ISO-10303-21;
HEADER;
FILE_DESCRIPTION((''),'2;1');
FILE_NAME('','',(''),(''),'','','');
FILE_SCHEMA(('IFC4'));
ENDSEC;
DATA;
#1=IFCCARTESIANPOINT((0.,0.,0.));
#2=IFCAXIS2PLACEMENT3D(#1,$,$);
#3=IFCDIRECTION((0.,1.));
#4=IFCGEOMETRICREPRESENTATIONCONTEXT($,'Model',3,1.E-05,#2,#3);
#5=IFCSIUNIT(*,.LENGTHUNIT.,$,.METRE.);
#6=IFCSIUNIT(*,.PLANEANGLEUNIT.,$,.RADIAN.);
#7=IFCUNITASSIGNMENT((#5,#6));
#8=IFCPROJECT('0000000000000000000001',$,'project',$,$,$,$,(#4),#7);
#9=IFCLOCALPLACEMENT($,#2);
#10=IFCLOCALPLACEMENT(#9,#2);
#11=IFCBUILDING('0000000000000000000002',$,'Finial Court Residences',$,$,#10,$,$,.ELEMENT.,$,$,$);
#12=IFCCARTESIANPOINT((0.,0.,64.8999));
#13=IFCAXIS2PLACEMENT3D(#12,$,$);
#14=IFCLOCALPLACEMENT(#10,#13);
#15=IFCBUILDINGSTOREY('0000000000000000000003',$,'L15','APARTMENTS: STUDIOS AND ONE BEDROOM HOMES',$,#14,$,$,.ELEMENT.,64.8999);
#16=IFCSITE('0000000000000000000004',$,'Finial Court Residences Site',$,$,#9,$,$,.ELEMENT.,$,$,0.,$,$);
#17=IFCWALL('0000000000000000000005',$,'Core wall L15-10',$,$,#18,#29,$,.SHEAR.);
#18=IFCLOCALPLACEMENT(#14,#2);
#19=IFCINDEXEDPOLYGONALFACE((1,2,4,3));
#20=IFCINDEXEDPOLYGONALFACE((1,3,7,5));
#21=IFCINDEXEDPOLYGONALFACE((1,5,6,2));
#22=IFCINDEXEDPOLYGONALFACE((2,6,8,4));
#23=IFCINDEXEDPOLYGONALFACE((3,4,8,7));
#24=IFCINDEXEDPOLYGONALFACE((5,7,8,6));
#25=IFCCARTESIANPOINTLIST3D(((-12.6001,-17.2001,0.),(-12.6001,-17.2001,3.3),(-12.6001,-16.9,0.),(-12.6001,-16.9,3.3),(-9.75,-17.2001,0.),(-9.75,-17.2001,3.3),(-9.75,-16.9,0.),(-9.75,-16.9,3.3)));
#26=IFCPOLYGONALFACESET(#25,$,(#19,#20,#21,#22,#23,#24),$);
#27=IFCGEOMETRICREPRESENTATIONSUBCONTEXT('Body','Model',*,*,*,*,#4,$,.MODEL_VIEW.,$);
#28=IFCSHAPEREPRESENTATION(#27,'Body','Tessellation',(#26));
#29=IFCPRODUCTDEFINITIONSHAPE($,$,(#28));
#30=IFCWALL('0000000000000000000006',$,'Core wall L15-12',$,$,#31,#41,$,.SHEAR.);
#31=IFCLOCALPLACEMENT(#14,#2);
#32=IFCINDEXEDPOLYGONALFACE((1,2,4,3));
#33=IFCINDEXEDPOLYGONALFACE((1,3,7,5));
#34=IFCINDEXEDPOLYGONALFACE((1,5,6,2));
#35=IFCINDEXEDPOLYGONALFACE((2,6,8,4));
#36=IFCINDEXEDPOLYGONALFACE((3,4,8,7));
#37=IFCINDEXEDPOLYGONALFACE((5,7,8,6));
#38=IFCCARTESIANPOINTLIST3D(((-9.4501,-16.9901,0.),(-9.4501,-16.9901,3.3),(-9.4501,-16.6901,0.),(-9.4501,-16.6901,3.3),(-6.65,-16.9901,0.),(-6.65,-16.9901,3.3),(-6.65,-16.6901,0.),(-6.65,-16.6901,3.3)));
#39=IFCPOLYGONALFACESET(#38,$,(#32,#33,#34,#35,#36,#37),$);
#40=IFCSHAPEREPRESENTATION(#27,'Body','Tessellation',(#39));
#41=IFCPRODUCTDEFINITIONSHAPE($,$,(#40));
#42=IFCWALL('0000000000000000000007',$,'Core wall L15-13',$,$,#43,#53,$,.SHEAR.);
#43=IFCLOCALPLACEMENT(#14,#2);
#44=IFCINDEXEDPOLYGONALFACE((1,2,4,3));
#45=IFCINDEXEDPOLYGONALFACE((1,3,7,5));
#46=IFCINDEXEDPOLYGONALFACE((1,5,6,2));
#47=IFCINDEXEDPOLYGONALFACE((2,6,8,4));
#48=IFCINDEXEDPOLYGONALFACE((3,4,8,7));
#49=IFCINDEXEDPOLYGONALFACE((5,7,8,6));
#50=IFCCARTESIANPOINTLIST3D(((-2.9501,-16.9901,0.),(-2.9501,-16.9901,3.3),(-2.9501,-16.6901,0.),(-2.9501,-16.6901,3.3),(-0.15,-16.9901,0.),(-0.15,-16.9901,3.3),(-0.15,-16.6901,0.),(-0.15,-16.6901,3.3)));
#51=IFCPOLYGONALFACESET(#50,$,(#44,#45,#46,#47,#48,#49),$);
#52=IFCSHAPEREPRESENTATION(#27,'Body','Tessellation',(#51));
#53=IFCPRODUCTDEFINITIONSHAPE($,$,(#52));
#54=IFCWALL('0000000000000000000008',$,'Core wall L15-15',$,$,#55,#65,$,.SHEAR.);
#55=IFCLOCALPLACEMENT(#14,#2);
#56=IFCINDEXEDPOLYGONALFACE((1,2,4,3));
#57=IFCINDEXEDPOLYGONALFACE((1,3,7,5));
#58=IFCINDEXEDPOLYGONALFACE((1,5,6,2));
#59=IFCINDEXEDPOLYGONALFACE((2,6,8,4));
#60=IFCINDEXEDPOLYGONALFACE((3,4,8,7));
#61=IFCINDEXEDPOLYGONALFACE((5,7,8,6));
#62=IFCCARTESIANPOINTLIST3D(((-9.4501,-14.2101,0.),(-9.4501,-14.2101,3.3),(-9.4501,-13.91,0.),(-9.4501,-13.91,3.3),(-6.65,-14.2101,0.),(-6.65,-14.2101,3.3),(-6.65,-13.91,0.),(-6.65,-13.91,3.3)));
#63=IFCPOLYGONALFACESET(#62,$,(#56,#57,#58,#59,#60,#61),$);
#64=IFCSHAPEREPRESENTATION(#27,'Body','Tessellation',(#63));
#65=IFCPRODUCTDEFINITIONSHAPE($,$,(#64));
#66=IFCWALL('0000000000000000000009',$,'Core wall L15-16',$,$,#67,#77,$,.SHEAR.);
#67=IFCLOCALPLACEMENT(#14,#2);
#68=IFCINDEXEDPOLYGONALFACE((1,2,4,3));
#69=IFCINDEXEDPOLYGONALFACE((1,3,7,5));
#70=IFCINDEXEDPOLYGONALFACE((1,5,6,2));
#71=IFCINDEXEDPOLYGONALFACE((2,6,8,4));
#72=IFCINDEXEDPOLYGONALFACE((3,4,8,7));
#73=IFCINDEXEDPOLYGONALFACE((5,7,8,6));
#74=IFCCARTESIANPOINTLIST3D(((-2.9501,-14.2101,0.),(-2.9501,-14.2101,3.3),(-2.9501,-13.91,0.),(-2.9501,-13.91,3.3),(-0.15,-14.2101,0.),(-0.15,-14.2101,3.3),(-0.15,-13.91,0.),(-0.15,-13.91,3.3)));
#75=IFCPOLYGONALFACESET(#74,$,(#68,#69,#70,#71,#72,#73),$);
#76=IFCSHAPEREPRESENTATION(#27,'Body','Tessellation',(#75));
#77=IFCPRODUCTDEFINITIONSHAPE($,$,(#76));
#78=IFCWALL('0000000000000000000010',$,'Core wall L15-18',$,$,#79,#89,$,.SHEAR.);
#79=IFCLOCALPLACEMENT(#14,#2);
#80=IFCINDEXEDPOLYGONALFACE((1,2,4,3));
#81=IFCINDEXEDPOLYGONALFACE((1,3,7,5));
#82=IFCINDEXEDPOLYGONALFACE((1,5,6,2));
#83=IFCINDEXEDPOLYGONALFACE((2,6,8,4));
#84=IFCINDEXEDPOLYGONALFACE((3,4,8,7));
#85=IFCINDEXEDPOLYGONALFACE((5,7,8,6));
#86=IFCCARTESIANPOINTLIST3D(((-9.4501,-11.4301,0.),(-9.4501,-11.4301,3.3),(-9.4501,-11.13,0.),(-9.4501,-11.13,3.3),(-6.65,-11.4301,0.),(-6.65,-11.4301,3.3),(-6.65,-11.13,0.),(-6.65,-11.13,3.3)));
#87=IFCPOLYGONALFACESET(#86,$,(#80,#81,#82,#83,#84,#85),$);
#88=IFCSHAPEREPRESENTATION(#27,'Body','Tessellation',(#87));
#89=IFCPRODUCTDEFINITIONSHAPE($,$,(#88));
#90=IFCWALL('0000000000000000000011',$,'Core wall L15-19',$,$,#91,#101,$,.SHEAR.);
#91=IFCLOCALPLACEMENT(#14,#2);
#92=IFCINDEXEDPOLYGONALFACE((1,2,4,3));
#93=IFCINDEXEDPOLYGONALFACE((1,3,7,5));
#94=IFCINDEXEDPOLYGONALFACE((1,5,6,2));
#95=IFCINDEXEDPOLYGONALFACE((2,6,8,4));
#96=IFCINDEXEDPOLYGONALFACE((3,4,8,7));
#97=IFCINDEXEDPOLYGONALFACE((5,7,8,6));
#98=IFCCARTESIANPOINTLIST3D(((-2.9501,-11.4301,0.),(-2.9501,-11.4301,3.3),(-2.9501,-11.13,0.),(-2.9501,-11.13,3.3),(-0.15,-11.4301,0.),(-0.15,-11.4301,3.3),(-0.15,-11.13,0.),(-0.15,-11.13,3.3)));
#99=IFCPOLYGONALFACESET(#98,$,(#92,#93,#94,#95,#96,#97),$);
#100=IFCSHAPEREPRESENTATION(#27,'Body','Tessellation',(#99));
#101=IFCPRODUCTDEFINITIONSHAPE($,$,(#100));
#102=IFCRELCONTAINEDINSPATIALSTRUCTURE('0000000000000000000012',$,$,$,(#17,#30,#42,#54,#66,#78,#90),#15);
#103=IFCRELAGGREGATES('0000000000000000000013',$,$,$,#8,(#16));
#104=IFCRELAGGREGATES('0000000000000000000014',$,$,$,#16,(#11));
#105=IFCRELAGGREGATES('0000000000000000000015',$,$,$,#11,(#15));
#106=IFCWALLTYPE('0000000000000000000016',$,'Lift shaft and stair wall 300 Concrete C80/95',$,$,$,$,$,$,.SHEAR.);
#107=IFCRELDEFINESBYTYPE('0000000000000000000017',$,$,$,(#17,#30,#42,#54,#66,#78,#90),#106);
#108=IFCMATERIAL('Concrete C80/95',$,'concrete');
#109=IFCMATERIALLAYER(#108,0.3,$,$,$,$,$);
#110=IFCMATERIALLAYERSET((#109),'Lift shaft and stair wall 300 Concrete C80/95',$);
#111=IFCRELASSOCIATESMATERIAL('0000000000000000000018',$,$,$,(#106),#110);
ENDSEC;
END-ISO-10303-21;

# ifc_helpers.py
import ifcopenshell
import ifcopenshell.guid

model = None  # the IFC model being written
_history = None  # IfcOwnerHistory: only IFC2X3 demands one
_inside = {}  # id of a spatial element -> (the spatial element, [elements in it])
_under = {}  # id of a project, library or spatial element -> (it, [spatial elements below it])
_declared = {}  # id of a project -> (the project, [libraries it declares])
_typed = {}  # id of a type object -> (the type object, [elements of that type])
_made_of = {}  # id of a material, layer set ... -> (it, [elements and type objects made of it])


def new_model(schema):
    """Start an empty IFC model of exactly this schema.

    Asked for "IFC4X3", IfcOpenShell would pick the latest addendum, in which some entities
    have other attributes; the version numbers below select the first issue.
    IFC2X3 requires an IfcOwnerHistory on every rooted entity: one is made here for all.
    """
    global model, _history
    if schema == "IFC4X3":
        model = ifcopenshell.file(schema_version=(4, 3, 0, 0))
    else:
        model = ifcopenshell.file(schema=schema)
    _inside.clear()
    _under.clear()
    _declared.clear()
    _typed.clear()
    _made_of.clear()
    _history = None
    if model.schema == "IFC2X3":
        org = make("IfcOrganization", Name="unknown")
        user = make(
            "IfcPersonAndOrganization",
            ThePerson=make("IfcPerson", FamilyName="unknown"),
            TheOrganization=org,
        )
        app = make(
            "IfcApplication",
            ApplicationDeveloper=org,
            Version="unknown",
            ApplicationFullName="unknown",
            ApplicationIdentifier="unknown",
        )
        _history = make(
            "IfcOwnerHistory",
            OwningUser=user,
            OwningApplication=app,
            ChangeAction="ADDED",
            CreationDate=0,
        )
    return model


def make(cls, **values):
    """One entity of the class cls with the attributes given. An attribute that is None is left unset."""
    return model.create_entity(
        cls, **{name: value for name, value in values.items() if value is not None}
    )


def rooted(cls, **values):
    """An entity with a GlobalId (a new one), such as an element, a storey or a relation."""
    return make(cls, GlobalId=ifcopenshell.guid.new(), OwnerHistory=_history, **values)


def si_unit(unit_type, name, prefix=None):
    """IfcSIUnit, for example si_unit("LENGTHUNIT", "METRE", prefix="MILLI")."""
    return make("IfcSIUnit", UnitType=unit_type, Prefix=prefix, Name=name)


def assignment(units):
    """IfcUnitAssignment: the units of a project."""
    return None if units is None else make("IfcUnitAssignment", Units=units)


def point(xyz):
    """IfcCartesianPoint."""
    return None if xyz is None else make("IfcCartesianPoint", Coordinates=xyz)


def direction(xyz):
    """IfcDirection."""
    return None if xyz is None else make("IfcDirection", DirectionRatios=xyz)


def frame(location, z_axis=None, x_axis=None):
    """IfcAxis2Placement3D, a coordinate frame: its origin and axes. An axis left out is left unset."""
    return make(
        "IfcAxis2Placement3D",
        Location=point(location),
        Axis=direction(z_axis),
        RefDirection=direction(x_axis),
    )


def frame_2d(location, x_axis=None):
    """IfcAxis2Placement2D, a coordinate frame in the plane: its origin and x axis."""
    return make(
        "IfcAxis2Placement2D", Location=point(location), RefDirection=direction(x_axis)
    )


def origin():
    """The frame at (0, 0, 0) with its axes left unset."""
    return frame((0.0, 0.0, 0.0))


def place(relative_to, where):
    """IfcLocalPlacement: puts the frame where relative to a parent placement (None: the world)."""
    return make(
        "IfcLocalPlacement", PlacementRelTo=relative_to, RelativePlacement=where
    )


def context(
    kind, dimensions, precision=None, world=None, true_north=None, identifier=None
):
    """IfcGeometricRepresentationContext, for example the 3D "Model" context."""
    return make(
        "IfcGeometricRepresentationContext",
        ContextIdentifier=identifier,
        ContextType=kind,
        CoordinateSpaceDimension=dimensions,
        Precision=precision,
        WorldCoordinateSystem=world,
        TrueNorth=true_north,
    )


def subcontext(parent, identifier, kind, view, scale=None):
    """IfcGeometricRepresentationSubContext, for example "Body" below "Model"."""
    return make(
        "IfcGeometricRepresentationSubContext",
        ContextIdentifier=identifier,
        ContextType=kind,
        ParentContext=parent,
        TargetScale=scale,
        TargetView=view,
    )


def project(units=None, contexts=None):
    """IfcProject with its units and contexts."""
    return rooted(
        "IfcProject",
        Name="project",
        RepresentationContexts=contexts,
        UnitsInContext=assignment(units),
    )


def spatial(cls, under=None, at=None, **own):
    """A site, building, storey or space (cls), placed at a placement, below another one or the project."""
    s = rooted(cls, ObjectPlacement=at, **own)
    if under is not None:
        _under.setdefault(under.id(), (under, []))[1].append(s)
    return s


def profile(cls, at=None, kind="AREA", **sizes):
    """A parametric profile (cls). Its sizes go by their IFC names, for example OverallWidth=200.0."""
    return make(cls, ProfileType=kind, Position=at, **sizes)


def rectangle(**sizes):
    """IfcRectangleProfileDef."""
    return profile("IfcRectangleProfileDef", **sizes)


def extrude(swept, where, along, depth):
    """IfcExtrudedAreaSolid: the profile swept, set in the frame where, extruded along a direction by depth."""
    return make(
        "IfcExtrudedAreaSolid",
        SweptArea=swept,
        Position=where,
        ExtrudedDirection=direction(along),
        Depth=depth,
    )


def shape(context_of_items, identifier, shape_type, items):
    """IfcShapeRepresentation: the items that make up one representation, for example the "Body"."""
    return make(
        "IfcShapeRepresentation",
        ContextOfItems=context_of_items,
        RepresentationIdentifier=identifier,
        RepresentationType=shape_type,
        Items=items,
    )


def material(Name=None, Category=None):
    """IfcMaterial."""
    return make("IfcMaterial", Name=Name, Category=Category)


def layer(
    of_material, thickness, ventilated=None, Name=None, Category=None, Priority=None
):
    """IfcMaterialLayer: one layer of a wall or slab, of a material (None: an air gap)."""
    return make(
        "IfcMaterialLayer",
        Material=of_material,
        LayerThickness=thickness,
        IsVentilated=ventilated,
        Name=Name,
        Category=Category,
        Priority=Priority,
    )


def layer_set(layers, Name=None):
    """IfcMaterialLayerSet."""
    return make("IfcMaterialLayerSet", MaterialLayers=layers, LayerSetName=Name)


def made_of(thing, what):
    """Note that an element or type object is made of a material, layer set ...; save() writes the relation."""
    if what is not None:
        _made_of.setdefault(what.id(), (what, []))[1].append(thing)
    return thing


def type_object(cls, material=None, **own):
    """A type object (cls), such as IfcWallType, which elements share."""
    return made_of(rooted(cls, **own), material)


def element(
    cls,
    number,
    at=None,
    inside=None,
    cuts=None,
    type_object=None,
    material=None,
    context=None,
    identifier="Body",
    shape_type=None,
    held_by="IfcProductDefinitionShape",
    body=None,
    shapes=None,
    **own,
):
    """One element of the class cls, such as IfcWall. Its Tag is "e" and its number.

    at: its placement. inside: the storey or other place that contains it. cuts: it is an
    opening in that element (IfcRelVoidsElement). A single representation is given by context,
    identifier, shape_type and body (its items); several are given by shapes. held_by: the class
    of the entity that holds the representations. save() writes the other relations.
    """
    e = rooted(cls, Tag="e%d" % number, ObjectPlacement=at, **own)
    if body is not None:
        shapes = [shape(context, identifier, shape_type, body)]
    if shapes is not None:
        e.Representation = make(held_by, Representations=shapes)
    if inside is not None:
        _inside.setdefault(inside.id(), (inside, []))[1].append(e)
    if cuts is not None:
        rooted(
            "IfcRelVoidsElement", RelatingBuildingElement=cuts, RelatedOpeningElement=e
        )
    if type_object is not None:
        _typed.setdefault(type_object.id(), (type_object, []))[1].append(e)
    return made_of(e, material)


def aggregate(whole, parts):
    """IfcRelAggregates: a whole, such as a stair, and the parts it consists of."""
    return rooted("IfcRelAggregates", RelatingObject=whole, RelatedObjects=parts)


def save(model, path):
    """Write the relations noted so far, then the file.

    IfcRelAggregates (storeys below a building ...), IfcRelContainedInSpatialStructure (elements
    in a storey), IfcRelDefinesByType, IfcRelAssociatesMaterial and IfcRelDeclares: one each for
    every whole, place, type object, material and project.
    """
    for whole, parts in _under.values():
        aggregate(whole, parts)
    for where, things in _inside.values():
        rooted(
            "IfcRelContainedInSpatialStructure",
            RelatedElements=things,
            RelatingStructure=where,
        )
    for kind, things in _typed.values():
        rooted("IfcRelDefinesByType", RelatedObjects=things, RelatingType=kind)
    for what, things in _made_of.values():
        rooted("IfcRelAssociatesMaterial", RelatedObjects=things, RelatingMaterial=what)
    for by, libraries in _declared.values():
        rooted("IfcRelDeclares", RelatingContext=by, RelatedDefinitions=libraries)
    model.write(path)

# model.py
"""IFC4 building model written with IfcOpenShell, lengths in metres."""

from ifc_helpers import new_model, si_unit, direction, frame, frame_2d, origin, place, context, subcontext, project, spatial, rectangle, extrude, material, layer, layer_set, type_object, element, save


model = new_model("IFC4")

# Units and contexts
model_context = context("Model", 3, precision=1e-05, world=origin(), true_north=direction((0.0, 1.0)))
body_context = subcontext(model_context, "Body", "Model", "MODEL_VIEW")
ifc_project = project(units=[si_unit("LENGTHUNIT", "METRE"), si_unit("PLANEANGLEUNIT", "RADIAN")], contexts=[model_context])

# Site, building, storey
site_placement = place(None, origin())
site = spatial("IfcSite", under=ifc_project, at=site_placement, Name="Finial Court Residences Site", CompositionType="ELEMENT", RefElevation=0.0)
building_placement = place(site_placement, origin())
building = spatial("IfcBuilding", under=site, at=building_placement, Name="Finial Court Residences", CompositionType="ELEMENT")
storey_placement = place(building_placement, frame((0.0, 0.0, 64.8999)))
storey = spatial("IfcBuildingStorey", under=building, at=storey_placement, Name="L15", Description="APARTMENTS: STUDIOS AND ONE BEDROOM HOMES", CompositionType="ELEMENT", Elevation=64.8999)

# Shared definitions
ifc_material_1 = material(Name="Concrete C80/95", Category="concrete")

# Walls
ifc_layer_1 = layer(ifc_material_1, 0.3)
ifc_layer_set_1 = layer_set([ifc_layer_1], Name="Lift shaft and stair wall 300 Concrete C80/95")
wall_type_1 = type_object("IfcWallType", Name="Lift shaft and stair wall 300 Concrete C80/95", PredefinedType="SHEAR", material=ifc_layer_set_1)
wall_1_placement = place(storey_placement, frame((-12.6001, -17.05, 0.0), z_axis=(0.0, 0.0, 1.0), x_axis=(1.0, 0.0, 0.0)))
element("IfcWall", 1, at=wall_1_placement, inside=storey, type_object=wall_type_1, Name="Core wall L15-10", PredefinedType="SHEAR", context=body_context, shape_type="SweptSolid", body=[
    extrude(rectangle(XDim=2.8501, YDim=0.3, at=frame_2d((1.425, 0.0))), origin(), (0.0, 0.0, 1.0), 3.3),
])
for number, where, z_axis, x_axis, name in (
    (2, (-9.45, -16.8401, 0.0), (0.0, 0.0, 1.0), (1.0, 0.0, 0.0), "Core wall L15-12"),
    (3, (-2.95, -16.8401, 0.0), (0.0, 0.0, 1.0), (1.0, 0.0, 0.0), "Core wall L15-13"),
    (4, (-9.45, -14.0601, 0.0), (0.0, 0.0, 1.0), (1.0, 0.0, 0.0), "Core wall L15-15"),
    (5, (-2.95, -14.0601, 0.0), (0.0, 0.0, 1.0), (1.0, 0.0, 0.0), "Core wall L15-16"),
    (6, (-9.45, -11.28, 0.0), (0.0, 0.0, 1.0), (1.0, 0.0, 0.0), "Core wall L15-18"),
    (7, (-2.95, -11.28, 0.0), (0.0, 0.0, 1.0), (1.0, 0.0, 0.0), "Core wall L15-19"),
):
    element("IfcWall", number, at=place(storey_placement, frame(where, z_axis=z_axis, x_axis=x_axis)), inside=storey, type_object=wall_type_1, Name=name, PredefinedType="SHEAR", context=body_context, shape_type="SweptSolid", body=[
        extrude(rectangle(XDim=2.8, YDim=0.3, at=frame_2d((1.3999, 0.0))), origin(), (0.0, 0.0, 1.0), 3.3),
    ])

save(model, "model.ifc")
